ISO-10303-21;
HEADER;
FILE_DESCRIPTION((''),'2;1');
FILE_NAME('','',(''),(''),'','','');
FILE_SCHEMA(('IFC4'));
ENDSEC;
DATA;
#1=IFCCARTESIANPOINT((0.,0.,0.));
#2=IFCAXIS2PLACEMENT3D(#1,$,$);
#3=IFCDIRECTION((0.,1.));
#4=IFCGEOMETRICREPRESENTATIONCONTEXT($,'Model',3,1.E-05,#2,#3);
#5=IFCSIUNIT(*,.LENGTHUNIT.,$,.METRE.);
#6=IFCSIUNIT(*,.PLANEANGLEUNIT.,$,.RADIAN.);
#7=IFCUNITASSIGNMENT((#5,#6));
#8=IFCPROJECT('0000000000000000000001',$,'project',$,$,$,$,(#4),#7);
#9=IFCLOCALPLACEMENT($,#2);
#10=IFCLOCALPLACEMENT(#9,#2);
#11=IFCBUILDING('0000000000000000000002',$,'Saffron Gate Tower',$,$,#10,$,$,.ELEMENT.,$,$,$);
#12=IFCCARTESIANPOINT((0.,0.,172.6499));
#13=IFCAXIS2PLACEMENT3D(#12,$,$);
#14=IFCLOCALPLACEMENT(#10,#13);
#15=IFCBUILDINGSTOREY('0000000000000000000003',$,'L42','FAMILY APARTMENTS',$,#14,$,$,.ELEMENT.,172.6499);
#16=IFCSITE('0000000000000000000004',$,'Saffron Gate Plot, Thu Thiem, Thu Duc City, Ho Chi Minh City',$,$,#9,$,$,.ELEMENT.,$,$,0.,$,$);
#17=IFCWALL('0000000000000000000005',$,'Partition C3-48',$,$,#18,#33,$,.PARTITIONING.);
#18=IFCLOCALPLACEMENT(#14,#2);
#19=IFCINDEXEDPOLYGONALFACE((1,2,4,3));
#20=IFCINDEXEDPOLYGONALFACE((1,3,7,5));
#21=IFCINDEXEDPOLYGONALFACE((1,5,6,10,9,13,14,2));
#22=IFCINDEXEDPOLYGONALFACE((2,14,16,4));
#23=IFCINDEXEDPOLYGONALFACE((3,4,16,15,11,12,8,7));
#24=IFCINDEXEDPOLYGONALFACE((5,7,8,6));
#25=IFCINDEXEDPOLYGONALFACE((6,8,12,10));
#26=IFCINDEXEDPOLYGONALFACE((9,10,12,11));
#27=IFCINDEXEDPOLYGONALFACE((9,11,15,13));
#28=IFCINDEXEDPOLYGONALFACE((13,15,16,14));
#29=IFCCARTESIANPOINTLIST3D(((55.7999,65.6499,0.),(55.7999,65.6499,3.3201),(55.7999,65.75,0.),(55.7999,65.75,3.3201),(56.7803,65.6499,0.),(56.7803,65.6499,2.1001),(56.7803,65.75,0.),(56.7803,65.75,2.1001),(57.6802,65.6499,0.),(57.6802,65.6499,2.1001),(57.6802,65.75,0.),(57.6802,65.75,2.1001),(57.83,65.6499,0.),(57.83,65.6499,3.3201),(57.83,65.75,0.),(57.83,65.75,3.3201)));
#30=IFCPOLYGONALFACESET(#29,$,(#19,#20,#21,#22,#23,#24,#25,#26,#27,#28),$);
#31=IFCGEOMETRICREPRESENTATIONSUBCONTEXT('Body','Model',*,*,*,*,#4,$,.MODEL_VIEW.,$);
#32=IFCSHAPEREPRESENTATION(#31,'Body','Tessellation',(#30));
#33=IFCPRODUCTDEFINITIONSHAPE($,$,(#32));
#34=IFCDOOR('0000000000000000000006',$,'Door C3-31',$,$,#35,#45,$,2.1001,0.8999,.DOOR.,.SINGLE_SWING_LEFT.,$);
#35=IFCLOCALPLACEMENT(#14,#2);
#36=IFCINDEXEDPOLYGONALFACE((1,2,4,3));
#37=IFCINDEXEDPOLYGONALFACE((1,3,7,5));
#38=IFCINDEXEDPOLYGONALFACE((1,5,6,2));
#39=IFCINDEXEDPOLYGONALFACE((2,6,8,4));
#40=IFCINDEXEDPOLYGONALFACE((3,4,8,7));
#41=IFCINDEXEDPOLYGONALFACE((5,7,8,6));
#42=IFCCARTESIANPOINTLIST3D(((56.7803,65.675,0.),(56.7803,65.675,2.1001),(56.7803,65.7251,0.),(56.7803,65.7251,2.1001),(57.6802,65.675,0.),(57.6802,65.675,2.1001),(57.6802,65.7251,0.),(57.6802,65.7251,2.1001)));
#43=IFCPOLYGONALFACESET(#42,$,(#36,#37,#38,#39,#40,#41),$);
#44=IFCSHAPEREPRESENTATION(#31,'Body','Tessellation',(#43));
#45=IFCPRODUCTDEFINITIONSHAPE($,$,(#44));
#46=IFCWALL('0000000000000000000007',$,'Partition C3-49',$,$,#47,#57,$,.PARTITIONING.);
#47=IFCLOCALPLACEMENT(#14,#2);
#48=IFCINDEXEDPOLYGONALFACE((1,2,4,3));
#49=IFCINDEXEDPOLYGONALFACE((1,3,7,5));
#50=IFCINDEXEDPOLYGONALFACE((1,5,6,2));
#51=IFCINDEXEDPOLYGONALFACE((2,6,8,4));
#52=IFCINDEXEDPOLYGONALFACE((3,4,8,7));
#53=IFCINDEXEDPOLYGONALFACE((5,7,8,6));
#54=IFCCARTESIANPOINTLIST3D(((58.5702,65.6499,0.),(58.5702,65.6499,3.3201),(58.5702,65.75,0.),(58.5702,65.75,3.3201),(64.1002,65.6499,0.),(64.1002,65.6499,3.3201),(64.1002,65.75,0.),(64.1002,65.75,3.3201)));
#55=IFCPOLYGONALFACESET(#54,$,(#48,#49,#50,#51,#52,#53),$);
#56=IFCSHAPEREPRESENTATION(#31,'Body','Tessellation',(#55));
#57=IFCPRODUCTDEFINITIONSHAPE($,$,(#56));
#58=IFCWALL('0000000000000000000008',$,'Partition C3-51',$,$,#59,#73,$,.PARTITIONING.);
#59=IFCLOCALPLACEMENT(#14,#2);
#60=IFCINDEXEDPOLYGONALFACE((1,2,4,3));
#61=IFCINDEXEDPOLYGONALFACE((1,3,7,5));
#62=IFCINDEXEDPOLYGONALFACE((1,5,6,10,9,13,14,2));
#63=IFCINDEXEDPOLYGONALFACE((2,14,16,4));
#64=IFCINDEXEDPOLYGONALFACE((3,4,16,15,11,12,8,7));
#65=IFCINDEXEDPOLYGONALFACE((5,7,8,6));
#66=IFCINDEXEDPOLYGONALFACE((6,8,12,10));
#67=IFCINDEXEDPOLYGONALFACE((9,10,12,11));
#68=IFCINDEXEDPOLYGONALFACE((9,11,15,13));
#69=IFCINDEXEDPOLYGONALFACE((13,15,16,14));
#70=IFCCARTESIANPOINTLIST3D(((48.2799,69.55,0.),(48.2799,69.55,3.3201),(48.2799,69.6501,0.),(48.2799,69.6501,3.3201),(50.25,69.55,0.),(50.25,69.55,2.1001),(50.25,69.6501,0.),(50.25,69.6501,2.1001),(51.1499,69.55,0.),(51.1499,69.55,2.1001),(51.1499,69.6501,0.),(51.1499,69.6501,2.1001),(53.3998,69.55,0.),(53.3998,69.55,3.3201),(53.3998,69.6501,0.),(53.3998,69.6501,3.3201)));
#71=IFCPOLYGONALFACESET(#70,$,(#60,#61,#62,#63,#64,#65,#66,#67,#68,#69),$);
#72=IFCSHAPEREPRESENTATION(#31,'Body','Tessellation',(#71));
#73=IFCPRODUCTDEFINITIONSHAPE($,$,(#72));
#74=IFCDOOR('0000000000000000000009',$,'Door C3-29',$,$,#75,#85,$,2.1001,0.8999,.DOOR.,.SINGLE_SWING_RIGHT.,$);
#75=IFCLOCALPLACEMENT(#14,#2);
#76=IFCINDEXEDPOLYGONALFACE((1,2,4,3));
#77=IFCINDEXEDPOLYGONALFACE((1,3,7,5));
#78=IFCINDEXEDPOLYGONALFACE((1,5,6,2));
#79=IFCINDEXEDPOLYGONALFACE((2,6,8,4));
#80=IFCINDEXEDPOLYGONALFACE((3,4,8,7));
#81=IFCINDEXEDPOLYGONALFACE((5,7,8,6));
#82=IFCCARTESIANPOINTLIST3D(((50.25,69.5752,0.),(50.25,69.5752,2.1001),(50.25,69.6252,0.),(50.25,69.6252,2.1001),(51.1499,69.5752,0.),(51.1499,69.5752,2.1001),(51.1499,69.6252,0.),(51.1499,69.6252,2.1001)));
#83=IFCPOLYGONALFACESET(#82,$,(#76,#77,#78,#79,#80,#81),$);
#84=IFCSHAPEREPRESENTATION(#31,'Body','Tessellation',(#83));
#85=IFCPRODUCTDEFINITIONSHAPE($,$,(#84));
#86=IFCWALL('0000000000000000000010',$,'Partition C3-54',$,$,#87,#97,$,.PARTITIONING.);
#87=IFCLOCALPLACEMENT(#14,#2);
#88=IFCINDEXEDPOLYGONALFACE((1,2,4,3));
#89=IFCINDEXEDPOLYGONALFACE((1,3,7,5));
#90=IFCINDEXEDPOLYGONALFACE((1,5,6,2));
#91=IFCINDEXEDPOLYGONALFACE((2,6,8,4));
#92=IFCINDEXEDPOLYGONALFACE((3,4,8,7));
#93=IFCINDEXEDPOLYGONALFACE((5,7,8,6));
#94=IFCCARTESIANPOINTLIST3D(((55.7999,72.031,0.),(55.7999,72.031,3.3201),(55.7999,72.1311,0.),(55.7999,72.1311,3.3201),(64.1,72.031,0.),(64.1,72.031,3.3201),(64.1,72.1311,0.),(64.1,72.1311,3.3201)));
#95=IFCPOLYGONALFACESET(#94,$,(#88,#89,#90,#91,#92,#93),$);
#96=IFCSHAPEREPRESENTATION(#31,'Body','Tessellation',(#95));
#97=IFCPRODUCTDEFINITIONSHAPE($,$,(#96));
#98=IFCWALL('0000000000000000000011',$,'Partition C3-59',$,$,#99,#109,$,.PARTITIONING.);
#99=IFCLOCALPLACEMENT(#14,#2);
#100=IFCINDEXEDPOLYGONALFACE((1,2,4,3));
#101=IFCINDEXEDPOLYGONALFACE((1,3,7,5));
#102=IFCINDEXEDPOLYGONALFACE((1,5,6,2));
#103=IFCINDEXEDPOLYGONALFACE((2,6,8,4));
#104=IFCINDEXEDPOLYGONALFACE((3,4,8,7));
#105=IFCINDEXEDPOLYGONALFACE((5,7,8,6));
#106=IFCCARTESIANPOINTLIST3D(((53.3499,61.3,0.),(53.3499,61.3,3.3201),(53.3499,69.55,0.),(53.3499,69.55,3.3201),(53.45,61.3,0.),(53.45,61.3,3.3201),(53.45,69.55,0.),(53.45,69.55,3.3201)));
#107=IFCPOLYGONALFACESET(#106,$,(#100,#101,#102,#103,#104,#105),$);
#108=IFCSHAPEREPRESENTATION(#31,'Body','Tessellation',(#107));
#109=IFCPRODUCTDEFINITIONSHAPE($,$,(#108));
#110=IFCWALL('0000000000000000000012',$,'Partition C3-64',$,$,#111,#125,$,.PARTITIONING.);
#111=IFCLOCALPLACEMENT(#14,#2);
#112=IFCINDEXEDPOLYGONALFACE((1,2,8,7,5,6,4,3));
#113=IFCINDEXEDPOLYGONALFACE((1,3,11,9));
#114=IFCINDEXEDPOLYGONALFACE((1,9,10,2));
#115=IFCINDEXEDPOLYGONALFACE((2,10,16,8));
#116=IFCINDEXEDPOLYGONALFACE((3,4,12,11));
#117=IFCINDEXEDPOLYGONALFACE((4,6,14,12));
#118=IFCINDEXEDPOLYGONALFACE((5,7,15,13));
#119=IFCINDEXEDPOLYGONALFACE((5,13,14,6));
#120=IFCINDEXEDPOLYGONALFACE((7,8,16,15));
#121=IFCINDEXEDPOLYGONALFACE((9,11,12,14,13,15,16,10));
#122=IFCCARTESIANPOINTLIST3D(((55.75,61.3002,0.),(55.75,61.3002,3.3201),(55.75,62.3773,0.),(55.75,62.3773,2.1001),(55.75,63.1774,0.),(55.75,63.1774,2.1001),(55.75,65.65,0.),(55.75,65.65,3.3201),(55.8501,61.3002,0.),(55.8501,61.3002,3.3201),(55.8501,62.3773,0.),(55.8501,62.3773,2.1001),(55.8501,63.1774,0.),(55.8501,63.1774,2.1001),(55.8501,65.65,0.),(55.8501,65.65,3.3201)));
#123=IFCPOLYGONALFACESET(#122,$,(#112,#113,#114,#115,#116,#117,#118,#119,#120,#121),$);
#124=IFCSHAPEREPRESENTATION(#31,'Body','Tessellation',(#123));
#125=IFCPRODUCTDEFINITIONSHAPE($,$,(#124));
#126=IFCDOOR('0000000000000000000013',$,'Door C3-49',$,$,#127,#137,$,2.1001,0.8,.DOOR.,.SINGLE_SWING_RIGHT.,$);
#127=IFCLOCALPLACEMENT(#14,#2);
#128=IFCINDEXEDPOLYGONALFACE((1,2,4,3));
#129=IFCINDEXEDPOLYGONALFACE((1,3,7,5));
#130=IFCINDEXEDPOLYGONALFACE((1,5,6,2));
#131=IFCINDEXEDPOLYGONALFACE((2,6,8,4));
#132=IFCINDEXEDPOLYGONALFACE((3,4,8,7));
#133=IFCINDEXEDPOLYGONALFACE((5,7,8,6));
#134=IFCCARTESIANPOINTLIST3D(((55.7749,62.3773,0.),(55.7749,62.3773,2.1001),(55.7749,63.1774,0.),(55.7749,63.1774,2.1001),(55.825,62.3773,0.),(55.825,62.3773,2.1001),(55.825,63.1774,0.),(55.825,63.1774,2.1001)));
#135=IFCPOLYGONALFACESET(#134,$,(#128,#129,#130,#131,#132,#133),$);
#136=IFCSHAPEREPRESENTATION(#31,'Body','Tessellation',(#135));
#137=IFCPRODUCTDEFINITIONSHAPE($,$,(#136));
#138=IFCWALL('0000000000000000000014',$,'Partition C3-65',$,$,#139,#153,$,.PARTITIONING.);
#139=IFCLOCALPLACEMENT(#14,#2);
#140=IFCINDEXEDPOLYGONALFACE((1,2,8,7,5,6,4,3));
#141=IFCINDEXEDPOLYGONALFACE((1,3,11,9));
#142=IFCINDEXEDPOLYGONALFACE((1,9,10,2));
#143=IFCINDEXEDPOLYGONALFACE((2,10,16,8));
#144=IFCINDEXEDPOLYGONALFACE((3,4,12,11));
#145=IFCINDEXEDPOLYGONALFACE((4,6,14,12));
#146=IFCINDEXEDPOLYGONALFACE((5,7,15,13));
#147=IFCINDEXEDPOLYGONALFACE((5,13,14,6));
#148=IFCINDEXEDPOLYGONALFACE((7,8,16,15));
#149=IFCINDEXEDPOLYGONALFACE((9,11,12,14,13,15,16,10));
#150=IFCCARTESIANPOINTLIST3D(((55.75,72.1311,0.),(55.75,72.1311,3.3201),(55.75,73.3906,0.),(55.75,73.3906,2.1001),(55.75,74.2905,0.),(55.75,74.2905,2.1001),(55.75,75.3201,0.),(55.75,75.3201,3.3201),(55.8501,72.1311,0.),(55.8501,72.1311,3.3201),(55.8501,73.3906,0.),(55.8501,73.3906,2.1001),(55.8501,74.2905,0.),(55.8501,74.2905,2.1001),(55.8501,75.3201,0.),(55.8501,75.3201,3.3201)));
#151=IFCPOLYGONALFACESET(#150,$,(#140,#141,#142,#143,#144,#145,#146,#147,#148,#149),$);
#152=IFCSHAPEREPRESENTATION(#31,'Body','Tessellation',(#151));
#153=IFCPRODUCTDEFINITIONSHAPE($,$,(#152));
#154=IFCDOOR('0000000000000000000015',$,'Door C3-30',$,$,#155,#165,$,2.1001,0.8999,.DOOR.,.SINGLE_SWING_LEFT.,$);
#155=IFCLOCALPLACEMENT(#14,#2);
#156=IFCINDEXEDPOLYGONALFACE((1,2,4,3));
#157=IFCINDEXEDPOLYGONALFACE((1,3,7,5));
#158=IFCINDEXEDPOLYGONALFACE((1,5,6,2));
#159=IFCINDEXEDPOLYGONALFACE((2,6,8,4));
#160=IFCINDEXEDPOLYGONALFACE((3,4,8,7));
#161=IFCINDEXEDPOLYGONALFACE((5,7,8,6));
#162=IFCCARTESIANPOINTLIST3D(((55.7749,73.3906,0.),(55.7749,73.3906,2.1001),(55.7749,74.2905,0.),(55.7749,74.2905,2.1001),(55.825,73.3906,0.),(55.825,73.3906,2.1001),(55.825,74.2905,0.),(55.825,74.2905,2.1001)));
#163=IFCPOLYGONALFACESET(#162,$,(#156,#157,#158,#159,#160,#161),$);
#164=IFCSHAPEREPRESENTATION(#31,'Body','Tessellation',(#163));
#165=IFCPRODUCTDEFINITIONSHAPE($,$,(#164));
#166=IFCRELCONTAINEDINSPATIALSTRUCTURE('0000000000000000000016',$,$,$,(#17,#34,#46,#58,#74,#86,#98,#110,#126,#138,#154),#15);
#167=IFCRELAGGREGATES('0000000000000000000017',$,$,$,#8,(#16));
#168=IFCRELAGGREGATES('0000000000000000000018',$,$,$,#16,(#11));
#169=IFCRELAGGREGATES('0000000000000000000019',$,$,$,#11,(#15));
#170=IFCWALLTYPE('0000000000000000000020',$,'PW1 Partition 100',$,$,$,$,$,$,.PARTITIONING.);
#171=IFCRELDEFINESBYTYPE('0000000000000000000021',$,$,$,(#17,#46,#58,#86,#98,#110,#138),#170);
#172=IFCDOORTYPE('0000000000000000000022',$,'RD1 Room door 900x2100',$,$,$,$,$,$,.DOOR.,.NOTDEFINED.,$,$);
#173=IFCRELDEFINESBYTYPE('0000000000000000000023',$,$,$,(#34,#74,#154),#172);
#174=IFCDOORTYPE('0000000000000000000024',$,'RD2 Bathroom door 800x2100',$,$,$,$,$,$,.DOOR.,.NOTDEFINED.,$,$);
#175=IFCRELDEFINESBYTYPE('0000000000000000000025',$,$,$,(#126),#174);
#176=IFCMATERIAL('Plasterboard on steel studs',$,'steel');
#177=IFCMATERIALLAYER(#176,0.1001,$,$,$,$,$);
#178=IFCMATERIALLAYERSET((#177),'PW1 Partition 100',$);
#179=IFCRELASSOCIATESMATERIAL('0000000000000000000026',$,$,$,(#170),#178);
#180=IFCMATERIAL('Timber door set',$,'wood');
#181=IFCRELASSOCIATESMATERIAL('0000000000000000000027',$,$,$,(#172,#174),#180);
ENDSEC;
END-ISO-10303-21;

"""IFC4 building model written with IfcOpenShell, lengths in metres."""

from ifc_helpers import new_model, si_unit, direction, frame, frame_2d, origin, place, context, subcontext, project, spatial, rectangle, extrude, material, layer, layer_set, type_object, element, fill, save


model = new_model("IFC4")

# Units and contexts
model_context = context("Model", 3, precision=1e-05, world=origin(), true_north=direction((0.0, 1.0)))
body_context = subcontext(model_context, "Body", "Model", "MODEL_VIEW")
ifc_project = project(units=[si_unit("LENGTHUNIT", "METRE"), si_unit("PLANEANGLEUNIT", "RADIAN")], contexts=[model_context])

# Site, building, storey
site_placement = place(None, origin())
site = spatial("IfcSite", under=ifc_project, at=site_placement, Name="Saffron Gate Plot, Thu Thiem, Thu Duc City, Ho Chi Minh City", CompositionType="ELEMENT", RefElevation=0.0)
building_placement = place(site_placement, origin())
building = spatial("IfcBuilding", under=site, at=building_placement, Name="Saffron Gate Tower", CompositionType="ELEMENT")
storey_placement = place(building_placement, frame((0.0, 0.0, 172.6499)))
storey = spatial("IfcBuildingStorey", under=building, at=storey_placement, Name="L42", Description="FAMILY APARTMENTS", CompositionType="ELEMENT", Elevation=172.6499)

# Wall, opening, door
ifc_material_1 = material(Name="Plasterboard on steel studs", Category="steel")
ifc_layer = layer(ifc_material_1, 0.1001)
ifc_layer_set = layer_set([ifc_layer], Name="PW1 Partition 100")
wall_type = type_object("IfcWallType", Name="PW1 Partition 100", PredefinedType="PARTITIONING", material=ifc_layer_set)
wall_1_placement = place(storey_placement, frame((57.8301, 65.7, 0.0), z_axis=(0.0, 0.0, 1.0), x_axis=(-1.0, 0.0, 0.0)))
wall_1 = element("IfcWall", 1, at=wall_1_placement, inside=storey, type_object=wall_type, Name="Partition C3-48", PredefinedType="PARTITIONING", context=body_context, shape_type="SweptSolid", body=[
    extrude(rectangle(XDim=2.03, YDim=0.1001, at=frame_2d((1.0151, 0.0))), origin(), (0.0, 0.0, 1.0), 3.3201),
])
opening_1_placement = place(wall_1_placement, frame((0.1499, 0.0, 0.0)))
opening_1 = element("IfcOpeningElement", 2, at=opening_1_placement, cuts=wall_1, PredefinedType="OPENING", context=body_context, shape_type="SweptSolid", body=[
    extrude(rectangle(XDim=0.8999, YDim=2.1001, at=frame_2d((0.45, 1.05))), frame((0.0, 0.0601, 0.0), z_axis=(0.0, -1.0, 0.0), x_axis=(1.0, 0.0, 0.0)), (0.0, 0.0, 1.0), 0.1201),
])
ifc_material_2 = material(Name="Timber door set", Category="wood")
door_type_1 = type_object("IfcDoorType", Name="RD1 Room door 900x2100", OperationType="NOTDEFINED", PredefinedType="DOOR", material=ifc_material_2)
door_1_placement = place(opening_1_placement, origin())
door_1 = element("IfcDoor", 3, at=door_1_placement, inside=storey, type_object=door_type_1, Name="Door C3-31", OperationType="SINGLE_SWING_LEFT", OverallHeight=2.1001, OverallWidth=0.8999, PredefinedType="DOOR", context=body_context, shape_type="SweptSolid", body=[
    extrude(rectangle(XDim=0.8999, YDim=2.1001, at=frame_2d((0.45, 1.05))), frame((0.0, 0.0249, 0.0), z_axis=(0.0, -1.0, 0.0), x_axis=(1.0, 0.0, 0.0)), (0.0, 0.0, 1.0), 0.05),
])
fill(opening_1, door_1)

# Wall
wall_2_placement = place(storey_placement, frame((58.5701, 65.7, 0.0), z_axis=(0.0, 0.0, 1.0), x_axis=(1.0, 0.0, 0.0)))
element("IfcWall", 4, at=wall_2_placement, inside=storey, type_object=wall_type, Name="Partition C3-49", PredefinedType="PARTITIONING", context=body_context, shape_type="SweptSolid", body=[
    extrude(rectangle(XDim=5.53, YDim=0.1001, at=frame_2d((2.7651, 0.0))), origin(), (0.0, 0.0, 1.0), 3.3201),
])

# Wall, opening, door
wall_3_placement = place(storey_placement, frame((53.3999, 69.6001, 0.0), z_axis=(0.0, 0.0, 1.0), x_axis=(-1.0, 0.0, 0.0)))
wall_3 = element("IfcWall", 5, at=wall_3_placement, inside=storey, type_object=wall_type, Name="Partition C3-51", PredefinedType="PARTITIONING", context=body_context, shape_type="SweptSolid", body=[
    extrude(rectangle(XDim=5.1199, YDim=0.1001, at=frame_2d((2.5601, 0.0))), origin(), (0.0, 0.0, 1.0), 3.3201),
])
opening_2_placement = place(wall_3_placement, frame((2.25, 0.0, 0.0)))
opening_2 = element("IfcOpeningElement", 6, at=opening_2_placement, cuts=wall_3, PredefinedType="OPENING", context=body_context, shape_type="SweptSolid", body=[
    extrude(rectangle(XDim=0.8999, YDim=2.1001, at=frame_2d((0.45, 1.05))), frame((0.0, 0.0601, 0.0), z_axis=(0.0, -1.0, 0.0), x_axis=(1.0, 0.0, 0.0)), (0.0, 0.0, 1.0), 0.1201),
])
door_2_placement = place(opening_2_placement, origin())
door_2 = element("IfcDoor", 7, at=door_2_placement, inside=storey, type_object=door_type_1, Name="Door C3-29", OperationType="SINGLE_SWING_RIGHT", OverallHeight=2.1001, OverallWidth=0.8999, PredefinedType="DOOR", context=body_context, shape_type="SweptSolid", body=[
    extrude(rectangle(XDim=0.8999, YDim=2.1001, at=frame_2d((0.45, 1.05))), frame((0.0, 0.0249, 0.0), z_axis=(0.0, -1.0, 0.0), x_axis=(1.0, 0.0, 0.0)), (0.0, 0.0, 1.0), 0.05),
])
fill(opening_2, door_2)

# Walls
wall_4_placement = place(storey_placement, frame((55.8, 72.0811, 0.0), z_axis=(0.0, 0.0, 1.0), x_axis=(1.0, 0.0, 0.0)))
element("IfcWall", 8, at=wall_4_placement, inside=storey, type_object=wall_type, Name="Partition C3-54", PredefinedType="PARTITIONING", context=body_context, shape_type="SweptSolid", body=[
    extrude(rectangle(XDim=8.3, YDim=0.1001, at=frame_2d((4.1499, 0.0))), origin(), (0.0, 0.0, 1.0), 3.3201),
])
wall_5_placement = place(storey_placement, frame((53.3999, 69.55, 0.0), z_axis=(0.0, 0.0, 1.0), x_axis=(0.0, -1.0, 0.0)))
element("IfcWall", 9, at=wall_5_placement, inside=storey, type_object=wall_type, Name="Partition C3-59", PredefinedType="PARTITIONING", context=body_context, shape_type="SweptSolid", body=[
    extrude(rectangle(XDim=8.25, YDim=0.1001, at=frame_2d((4.125, 0.0))), origin(), (0.0, 0.0, 1.0), 3.3201),
])

# Walls, openings, doors
wall_6_placement = place(storey_placement, frame((55.8, 65.6499, 0.0), z_axis=(0.0, 0.0, 1.0), x_axis=(0.0, -1.0, 0.0)))
wall_6 = element("IfcWall", 10, at=wall_6_placement, inside=storey, type_object=wall_type, Name="Partition C3-64", PredefinedType="PARTITIONING", context=body_context, shape_type="SweptSolid", body=[
    extrude(rectangle(XDim=4.3499, YDim=0.1001, at=frame_2d((2.1748, 0.0))), origin(), (0.0, 0.0, 1.0), 3.3201),
])
opening_3_placement = place(wall_6_placement, frame((2.4727, 0.0, 0.0)))
opening_3 = element("IfcOpeningElement", 11, at=opening_3_placement, cuts=wall_6, PredefinedType="OPENING", context=body_context, shape_type="SweptSolid", body=[
    extrude(rectangle(XDim=0.8, YDim=2.1001, at=frame_2d((0.3999, 1.05))), frame((0.0, 0.0601, 0.0), z_axis=(0.0, -1.0, 0.0), x_axis=(1.0, 0.0, 0.0)), (0.0, 0.0, 1.0), 0.1201),
])
door_type_2 = type_object("IfcDoorType", Name="RD2 Bathroom door 800x2100", OperationType="NOTDEFINED", PredefinedType="DOOR", material=ifc_material_2)
door_3_placement = place(opening_3_placement, origin())
door_3 = element("IfcDoor", 12, at=door_3_placement, inside=storey, type_object=door_type_2, Name="Door C3-49", OperationType="SINGLE_SWING_RIGHT", OverallHeight=2.1001, OverallWidth=0.8, PredefinedType="DOOR", context=body_context, shape_type="SweptSolid", body=[
    extrude(rectangle(XDim=0.8, YDim=2.1001, at=frame_2d((0.3999, 1.05))), frame((0.0, 0.0249, 0.0), z_axis=(0.0, -1.0, 0.0), x_axis=(1.0, 0.0, 0.0)), (0.0, 0.0, 1.0), 0.05),
])
fill(opening_3, door_3)
wall_7_placement = place(storey_placement, frame((55.8, 75.3201, 0.0), z_axis=(0.0, 0.0, 1.0), x_axis=(0.0, -1.0, 0.0)))
wall_7 = element("IfcWall", 13, at=wall_7_placement, inside=storey, type_object=wall_type, Name="Partition C3-65", PredefinedType="PARTITIONING", context=body_context, shape_type="SweptSolid", body=[
    extrude(rectangle(XDim=3.189, YDim=0.1001, at=frame_2d((1.5945, 0.0))), origin(), (0.0, 0.0, 1.0), 3.3201),
])
opening_4_placement = place(wall_7_placement, frame((1.0295, 0.0, 0.0)))
opening_4 = element("IfcOpeningElement", 14, at=opening_4_placement, cuts=wall_7, PredefinedType="OPENING", context=body_context, shape_type="SweptSolid", body=[
    extrude(rectangle(XDim=0.8999, YDim=2.1001, at=frame_2d((0.45, 1.05))), frame((0.0, 0.0601, 0.0), z_axis=(0.0, -1.0, 0.0), x_axis=(1.0, 0.0, 0.0)), (0.0, 0.0, 1.0), 0.1201),
])
door_4_placement = place(opening_4_placement, origin())
door_4 = element("IfcDoor", 15, at=door_4_placement, inside=storey, type_object=door_type_1, Name="Door C3-30", OperationType="SINGLE_SWING_LEFT", OverallHeight=2.1001, OverallWidth=0.8999, PredefinedType="DOOR", context=body_context, shape_type="SweptSolid", body=[
    extrude(rectangle(XDim=0.8999, YDim=2.1001, at=frame_2d((0.45, 1.05))), frame((0.0, 0.0249, 0.0), z_axis=(0.0, -1.0, 0.0), x_axis=(1.0, 0.0, 0.0)), (0.0, 0.0, 1.0), 0.05),
])
fill(opening_4, door_4)

save(model, "model.ifc")
